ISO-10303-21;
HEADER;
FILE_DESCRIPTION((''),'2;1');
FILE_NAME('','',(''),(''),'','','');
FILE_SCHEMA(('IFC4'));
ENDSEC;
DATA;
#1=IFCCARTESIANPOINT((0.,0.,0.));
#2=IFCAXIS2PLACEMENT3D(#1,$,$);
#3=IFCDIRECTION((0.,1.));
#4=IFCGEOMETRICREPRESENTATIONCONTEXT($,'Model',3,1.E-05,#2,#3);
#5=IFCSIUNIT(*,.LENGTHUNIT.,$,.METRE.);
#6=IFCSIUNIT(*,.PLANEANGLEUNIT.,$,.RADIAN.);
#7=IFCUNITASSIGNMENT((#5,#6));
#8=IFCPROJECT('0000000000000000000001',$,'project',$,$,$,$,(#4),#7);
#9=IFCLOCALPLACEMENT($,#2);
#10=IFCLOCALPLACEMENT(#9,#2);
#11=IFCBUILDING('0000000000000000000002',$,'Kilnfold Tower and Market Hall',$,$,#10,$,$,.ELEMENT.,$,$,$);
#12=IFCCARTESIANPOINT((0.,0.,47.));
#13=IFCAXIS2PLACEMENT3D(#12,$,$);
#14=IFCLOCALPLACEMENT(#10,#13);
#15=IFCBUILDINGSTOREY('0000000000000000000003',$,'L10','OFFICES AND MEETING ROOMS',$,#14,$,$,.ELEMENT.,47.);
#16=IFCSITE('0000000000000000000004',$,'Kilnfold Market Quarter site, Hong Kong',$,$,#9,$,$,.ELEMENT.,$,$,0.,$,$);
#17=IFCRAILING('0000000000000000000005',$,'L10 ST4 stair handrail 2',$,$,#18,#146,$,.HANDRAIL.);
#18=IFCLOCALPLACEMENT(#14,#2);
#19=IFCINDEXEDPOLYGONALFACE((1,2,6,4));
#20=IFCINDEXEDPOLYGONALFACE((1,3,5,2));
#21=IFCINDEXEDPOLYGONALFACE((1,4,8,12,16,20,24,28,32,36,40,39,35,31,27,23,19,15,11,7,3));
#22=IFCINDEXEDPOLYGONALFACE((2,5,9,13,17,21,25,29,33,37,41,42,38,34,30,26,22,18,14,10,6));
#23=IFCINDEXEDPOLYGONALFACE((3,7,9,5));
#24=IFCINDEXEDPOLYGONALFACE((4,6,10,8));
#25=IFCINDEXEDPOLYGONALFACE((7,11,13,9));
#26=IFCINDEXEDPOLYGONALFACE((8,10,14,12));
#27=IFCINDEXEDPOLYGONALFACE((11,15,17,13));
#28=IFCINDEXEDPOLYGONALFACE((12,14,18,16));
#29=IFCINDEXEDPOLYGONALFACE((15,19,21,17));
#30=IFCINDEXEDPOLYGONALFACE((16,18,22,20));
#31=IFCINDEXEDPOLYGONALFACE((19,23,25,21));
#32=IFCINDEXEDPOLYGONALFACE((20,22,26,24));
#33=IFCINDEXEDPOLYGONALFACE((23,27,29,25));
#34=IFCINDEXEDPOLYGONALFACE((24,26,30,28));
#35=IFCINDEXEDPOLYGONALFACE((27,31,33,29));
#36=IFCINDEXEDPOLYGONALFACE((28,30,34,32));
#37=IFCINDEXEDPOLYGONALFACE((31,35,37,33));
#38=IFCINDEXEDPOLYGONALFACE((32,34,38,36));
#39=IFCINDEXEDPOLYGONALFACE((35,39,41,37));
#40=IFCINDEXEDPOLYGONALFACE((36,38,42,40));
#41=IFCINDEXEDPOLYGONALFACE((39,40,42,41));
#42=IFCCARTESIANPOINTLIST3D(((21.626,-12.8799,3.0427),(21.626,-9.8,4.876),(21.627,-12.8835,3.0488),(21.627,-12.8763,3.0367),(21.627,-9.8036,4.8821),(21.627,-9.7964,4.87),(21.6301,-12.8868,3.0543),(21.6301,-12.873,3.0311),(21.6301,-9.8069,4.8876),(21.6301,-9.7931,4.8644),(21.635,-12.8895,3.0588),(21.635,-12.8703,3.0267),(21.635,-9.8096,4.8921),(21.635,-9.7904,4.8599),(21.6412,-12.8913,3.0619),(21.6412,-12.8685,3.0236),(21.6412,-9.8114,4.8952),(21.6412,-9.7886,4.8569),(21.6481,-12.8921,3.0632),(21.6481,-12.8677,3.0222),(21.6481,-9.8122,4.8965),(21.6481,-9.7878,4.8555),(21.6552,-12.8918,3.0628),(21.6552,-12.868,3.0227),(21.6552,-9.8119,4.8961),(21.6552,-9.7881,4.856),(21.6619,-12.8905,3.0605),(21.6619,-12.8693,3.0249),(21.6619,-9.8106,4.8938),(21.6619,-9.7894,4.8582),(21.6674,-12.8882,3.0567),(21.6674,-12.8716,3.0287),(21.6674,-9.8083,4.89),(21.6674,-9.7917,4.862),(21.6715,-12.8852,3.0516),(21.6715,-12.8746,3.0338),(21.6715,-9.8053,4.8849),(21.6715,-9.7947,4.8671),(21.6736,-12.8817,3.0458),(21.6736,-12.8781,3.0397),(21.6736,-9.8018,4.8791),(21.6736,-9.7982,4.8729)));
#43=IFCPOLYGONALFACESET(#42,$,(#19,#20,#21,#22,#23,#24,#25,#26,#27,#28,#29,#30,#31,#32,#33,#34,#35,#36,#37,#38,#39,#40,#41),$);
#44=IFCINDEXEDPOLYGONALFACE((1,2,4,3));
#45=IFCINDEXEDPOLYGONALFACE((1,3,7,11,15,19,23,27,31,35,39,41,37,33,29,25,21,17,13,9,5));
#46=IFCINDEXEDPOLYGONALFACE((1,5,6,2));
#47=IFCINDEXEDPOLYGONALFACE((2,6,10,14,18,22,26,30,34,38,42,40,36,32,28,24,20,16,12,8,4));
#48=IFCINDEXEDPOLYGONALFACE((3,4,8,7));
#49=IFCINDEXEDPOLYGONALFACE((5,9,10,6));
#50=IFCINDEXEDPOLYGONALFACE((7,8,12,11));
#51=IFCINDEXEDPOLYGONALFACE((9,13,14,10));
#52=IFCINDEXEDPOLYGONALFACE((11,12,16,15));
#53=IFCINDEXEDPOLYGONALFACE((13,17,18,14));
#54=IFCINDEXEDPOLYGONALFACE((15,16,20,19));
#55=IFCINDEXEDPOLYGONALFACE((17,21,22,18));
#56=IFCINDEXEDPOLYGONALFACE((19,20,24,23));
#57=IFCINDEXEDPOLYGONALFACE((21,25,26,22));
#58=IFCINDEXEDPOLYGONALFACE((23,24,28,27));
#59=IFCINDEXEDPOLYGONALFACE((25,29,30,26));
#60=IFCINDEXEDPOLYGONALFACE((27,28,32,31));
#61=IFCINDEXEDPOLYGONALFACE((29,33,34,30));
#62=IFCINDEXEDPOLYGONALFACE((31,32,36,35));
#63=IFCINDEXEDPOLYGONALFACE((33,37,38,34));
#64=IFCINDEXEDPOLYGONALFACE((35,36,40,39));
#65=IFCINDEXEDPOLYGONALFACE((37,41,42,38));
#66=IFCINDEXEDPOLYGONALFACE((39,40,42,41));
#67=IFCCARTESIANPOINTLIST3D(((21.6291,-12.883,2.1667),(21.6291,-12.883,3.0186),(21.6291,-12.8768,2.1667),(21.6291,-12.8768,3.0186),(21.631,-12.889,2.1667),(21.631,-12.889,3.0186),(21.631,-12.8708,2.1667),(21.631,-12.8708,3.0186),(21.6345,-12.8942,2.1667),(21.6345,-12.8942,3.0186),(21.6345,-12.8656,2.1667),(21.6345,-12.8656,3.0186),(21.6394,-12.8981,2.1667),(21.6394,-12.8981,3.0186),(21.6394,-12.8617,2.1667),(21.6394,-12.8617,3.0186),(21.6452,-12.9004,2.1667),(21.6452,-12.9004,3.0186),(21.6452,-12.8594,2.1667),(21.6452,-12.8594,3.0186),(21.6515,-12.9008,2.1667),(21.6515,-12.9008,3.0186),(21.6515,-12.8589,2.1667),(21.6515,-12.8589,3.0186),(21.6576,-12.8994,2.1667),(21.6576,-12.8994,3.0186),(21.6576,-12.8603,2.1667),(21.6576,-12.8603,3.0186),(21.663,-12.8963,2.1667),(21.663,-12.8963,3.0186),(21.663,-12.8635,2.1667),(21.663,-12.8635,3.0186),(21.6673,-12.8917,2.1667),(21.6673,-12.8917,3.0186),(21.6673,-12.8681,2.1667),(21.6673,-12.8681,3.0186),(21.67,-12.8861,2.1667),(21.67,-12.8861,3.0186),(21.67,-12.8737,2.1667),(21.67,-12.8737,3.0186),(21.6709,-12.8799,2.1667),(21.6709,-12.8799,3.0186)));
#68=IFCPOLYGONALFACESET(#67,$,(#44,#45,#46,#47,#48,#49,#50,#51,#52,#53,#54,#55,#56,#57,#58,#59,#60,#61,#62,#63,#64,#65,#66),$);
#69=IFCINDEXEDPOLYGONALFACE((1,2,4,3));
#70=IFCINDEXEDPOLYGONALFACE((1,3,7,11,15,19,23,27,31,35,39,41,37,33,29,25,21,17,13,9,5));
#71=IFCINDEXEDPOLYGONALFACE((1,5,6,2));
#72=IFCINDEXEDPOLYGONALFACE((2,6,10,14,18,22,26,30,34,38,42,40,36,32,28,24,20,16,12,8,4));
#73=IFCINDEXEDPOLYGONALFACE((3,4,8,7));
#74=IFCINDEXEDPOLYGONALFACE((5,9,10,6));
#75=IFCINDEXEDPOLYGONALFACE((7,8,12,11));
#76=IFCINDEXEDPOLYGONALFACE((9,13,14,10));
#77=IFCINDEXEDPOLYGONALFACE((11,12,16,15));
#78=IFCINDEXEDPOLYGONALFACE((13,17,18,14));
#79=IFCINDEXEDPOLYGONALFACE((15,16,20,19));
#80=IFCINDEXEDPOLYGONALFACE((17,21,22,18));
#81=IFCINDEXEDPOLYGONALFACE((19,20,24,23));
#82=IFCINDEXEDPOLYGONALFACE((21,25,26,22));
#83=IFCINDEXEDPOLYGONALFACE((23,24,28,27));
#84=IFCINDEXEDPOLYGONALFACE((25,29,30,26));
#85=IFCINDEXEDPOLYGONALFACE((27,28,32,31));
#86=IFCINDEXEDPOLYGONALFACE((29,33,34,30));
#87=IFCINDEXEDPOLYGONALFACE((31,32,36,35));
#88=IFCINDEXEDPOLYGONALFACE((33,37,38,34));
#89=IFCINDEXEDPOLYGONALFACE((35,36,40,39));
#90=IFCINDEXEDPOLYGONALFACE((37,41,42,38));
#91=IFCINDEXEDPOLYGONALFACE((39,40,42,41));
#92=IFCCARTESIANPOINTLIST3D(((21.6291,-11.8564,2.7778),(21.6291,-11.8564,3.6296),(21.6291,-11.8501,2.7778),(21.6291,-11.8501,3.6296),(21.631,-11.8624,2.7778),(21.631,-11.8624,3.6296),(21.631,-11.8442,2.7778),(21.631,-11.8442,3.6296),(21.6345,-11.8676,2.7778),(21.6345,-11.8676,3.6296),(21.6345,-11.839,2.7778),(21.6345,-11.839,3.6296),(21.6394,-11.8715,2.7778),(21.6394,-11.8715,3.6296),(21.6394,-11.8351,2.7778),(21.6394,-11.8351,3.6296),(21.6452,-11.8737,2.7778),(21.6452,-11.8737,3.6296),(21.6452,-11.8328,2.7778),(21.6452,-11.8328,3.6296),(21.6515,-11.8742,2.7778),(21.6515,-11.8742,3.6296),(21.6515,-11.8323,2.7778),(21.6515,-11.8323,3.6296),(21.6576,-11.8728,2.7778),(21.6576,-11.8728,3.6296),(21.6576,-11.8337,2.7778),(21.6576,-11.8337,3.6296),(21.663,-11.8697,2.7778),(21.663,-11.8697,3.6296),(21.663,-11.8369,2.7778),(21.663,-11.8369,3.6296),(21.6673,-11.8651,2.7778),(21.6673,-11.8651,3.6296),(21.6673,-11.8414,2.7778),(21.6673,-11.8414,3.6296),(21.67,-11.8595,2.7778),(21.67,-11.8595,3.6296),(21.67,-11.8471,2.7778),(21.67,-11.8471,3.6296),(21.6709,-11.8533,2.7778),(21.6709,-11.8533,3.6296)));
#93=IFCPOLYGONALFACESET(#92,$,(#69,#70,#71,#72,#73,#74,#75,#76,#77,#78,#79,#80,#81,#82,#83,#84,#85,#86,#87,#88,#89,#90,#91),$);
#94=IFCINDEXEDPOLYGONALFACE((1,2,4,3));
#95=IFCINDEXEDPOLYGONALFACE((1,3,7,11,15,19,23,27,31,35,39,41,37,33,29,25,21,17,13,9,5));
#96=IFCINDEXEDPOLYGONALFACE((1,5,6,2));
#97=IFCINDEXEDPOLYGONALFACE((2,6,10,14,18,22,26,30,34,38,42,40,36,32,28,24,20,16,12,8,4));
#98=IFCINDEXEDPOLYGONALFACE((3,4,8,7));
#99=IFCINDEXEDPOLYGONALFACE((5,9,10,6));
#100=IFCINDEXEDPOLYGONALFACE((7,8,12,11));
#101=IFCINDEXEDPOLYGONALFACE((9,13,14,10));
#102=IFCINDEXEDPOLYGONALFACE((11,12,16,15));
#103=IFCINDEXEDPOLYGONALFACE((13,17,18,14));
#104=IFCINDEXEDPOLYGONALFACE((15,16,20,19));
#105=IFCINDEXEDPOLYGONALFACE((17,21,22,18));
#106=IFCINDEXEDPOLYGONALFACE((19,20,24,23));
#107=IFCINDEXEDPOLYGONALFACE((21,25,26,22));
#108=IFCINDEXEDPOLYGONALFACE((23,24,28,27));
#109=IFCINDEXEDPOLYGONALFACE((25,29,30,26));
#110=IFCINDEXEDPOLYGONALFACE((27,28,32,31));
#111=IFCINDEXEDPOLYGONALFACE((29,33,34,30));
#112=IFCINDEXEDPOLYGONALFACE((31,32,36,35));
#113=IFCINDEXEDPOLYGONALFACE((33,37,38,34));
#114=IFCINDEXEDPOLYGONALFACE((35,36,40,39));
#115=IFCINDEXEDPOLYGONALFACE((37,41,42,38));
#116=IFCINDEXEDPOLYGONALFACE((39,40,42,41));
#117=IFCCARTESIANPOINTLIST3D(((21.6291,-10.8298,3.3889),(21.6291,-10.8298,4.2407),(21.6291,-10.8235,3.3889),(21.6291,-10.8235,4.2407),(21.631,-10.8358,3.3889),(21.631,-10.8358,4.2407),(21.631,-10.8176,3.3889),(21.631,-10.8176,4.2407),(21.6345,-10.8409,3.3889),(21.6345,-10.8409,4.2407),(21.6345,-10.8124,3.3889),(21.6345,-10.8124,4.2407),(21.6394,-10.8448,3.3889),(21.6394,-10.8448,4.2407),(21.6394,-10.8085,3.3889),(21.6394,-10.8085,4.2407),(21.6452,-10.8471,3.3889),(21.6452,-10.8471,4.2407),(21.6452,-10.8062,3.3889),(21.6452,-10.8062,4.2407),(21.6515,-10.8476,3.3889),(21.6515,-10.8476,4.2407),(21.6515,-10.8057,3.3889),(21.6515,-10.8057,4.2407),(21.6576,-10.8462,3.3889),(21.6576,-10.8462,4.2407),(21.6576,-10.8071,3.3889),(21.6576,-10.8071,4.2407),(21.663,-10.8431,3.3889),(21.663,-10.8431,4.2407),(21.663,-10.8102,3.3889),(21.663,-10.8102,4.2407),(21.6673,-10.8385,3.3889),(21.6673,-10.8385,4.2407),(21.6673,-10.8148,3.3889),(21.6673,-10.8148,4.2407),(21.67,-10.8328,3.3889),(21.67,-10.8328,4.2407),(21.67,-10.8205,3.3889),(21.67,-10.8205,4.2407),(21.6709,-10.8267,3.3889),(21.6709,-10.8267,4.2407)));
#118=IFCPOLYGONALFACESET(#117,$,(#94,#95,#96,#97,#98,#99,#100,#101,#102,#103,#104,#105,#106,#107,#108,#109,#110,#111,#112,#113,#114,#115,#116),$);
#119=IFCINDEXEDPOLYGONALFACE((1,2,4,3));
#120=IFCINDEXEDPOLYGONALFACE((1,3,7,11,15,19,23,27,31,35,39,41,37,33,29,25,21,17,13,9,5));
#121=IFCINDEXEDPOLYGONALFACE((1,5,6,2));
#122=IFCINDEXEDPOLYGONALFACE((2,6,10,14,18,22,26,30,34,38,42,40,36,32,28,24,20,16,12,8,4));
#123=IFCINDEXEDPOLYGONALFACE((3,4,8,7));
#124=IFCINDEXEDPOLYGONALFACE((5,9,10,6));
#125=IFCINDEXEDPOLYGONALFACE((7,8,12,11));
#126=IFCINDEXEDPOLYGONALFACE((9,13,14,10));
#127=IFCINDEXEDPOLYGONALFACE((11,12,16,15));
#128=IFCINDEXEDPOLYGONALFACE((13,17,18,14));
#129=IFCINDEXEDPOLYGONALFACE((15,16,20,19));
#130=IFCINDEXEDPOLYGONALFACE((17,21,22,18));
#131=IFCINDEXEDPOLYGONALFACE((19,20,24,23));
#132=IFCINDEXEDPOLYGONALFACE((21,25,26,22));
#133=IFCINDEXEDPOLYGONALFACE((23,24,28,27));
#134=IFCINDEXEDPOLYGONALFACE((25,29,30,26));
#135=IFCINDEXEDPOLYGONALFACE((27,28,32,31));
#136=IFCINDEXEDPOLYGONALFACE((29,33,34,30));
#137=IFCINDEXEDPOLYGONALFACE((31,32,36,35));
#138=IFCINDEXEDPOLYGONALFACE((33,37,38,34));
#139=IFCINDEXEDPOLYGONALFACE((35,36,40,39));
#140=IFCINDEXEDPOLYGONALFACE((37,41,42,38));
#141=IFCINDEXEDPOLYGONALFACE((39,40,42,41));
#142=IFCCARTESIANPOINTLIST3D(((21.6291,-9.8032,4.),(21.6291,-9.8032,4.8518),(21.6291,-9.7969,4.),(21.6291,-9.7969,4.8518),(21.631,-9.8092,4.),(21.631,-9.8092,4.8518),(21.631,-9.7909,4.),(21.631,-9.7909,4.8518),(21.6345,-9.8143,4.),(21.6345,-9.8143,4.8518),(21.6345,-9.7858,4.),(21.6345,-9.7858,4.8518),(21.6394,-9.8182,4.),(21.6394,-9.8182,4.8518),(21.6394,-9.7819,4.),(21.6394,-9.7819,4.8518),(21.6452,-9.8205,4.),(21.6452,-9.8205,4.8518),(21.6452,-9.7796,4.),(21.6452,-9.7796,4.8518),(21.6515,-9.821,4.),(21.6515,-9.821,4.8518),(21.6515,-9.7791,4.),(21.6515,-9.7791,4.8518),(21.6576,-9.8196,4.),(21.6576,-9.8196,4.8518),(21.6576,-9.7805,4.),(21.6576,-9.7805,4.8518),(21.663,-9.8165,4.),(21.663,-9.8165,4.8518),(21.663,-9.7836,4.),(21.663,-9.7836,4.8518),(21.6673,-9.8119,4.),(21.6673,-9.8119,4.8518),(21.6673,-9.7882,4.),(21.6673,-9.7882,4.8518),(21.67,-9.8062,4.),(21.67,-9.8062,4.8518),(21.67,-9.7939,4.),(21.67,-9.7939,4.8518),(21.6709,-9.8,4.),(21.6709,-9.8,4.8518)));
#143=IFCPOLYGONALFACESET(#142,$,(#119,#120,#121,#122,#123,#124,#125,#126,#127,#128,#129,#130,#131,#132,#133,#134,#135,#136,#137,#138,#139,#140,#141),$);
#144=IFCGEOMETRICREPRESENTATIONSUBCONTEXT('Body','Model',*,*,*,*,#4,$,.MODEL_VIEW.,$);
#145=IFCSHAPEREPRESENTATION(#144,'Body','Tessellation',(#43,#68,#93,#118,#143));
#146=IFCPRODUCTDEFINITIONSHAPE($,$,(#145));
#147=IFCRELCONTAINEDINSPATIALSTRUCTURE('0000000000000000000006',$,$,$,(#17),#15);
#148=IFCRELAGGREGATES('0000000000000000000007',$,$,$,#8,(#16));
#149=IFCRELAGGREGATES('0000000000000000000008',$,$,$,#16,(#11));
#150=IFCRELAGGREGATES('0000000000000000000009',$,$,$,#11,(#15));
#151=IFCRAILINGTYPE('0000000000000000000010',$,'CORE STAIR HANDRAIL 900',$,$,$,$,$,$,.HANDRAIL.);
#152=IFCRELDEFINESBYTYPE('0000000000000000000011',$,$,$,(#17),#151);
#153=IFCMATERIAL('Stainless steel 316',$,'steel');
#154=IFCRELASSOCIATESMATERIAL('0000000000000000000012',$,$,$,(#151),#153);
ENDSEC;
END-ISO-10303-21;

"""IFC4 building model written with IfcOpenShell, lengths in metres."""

from ifc_helpers import new_model, si_unit, direction, frame, origin, origin_2d, place, context, subcontext, project, spatial, circle, extrude, material, type_object, element, save


model = new_model("IFC4")

# Units and contexts
model_context = context("Model", 3, precision=1e-05, world=origin(), true_north=direction((0.0, 1.0)))
body_context = subcontext(model_context, "Body", "Model", "MODEL_VIEW")
ifc_project = project(units=[si_unit("LENGTHUNIT", "METRE"), si_unit("PLANEANGLEUNIT", "RADIAN")], contexts=[model_context])

# Site, building, storey
site_placement = place(None, origin())
site = spatial("IfcSite", under=ifc_project, at=site_placement, Name="Kilnfold Market Quarter site, Hong Kong", CompositionType="ELEMENT", RefElevation=0.0)
building_placement = place(site_placement, origin())
building = spatial("IfcBuilding", under=site, at=building_placement, Name="Kilnfold Tower and Market Hall", CompositionType="ELEMENT")
storey_placement = place(building_placement, frame((0.0, 0.0, 47.0)))
storey = spatial("IfcBuildingStorey", under=building, at=storey_placement, Name="L10", Description="OFFICES AND MEETING ROOMS", CompositionType="ELEMENT", Elevation=47.0)

# Railing
ifc_material_1 = material(Name="Stainless steel 316", Category="steel")
railing_type_1 = type_object("IfcRailingType", Name="CORE STAIR HANDRAIL 900", PredefinedType="HANDRAIL", material=ifc_material_1)
railing_1_placement = place(storey_placement, frame((21.6499, -12.8799, 2.1667)))
element("IfcRailing", 1, at=railing_1_placement, inside=storey, type_object=railing_type_1, Name="L10 ST4 stair handrail 2", PredefinedType="HANDRAIL", context=body_context, shape_type="SweptSolid", body=[
    extrude(circle(Radius=0.0239, at=origin_2d()), frame((0.0, 0.0, 0.876), z_axis=(0.0, 0.859291, 0.511487), x_axis=(-1.0, 0.0, 0.0)), (0.0, 0.0, 1.0), 3.5842),
    extrude(circle(Radius=0.021, at=origin_2d()), origin(), (0.0, 0.0, 1.0), 0.8518),
    extrude(circle(Radius=0.021, at=origin_2d()), frame((0.0, 1.0266, 0.6111)), (0.0, 0.0, 1.0), 0.8518),
    extrude(circle(Radius=0.021, at=origin_2d()), frame((0.0, 2.0532, 1.2222)), (0.0, 0.0, 1.0), 0.8518),
    extrude(circle(Radius=0.021, at=origin_2d()), frame((0.0, 3.0798, 1.8333)), (0.0, 0.0, 1.0), 0.8518),
])

save(model, "model.ifc")
